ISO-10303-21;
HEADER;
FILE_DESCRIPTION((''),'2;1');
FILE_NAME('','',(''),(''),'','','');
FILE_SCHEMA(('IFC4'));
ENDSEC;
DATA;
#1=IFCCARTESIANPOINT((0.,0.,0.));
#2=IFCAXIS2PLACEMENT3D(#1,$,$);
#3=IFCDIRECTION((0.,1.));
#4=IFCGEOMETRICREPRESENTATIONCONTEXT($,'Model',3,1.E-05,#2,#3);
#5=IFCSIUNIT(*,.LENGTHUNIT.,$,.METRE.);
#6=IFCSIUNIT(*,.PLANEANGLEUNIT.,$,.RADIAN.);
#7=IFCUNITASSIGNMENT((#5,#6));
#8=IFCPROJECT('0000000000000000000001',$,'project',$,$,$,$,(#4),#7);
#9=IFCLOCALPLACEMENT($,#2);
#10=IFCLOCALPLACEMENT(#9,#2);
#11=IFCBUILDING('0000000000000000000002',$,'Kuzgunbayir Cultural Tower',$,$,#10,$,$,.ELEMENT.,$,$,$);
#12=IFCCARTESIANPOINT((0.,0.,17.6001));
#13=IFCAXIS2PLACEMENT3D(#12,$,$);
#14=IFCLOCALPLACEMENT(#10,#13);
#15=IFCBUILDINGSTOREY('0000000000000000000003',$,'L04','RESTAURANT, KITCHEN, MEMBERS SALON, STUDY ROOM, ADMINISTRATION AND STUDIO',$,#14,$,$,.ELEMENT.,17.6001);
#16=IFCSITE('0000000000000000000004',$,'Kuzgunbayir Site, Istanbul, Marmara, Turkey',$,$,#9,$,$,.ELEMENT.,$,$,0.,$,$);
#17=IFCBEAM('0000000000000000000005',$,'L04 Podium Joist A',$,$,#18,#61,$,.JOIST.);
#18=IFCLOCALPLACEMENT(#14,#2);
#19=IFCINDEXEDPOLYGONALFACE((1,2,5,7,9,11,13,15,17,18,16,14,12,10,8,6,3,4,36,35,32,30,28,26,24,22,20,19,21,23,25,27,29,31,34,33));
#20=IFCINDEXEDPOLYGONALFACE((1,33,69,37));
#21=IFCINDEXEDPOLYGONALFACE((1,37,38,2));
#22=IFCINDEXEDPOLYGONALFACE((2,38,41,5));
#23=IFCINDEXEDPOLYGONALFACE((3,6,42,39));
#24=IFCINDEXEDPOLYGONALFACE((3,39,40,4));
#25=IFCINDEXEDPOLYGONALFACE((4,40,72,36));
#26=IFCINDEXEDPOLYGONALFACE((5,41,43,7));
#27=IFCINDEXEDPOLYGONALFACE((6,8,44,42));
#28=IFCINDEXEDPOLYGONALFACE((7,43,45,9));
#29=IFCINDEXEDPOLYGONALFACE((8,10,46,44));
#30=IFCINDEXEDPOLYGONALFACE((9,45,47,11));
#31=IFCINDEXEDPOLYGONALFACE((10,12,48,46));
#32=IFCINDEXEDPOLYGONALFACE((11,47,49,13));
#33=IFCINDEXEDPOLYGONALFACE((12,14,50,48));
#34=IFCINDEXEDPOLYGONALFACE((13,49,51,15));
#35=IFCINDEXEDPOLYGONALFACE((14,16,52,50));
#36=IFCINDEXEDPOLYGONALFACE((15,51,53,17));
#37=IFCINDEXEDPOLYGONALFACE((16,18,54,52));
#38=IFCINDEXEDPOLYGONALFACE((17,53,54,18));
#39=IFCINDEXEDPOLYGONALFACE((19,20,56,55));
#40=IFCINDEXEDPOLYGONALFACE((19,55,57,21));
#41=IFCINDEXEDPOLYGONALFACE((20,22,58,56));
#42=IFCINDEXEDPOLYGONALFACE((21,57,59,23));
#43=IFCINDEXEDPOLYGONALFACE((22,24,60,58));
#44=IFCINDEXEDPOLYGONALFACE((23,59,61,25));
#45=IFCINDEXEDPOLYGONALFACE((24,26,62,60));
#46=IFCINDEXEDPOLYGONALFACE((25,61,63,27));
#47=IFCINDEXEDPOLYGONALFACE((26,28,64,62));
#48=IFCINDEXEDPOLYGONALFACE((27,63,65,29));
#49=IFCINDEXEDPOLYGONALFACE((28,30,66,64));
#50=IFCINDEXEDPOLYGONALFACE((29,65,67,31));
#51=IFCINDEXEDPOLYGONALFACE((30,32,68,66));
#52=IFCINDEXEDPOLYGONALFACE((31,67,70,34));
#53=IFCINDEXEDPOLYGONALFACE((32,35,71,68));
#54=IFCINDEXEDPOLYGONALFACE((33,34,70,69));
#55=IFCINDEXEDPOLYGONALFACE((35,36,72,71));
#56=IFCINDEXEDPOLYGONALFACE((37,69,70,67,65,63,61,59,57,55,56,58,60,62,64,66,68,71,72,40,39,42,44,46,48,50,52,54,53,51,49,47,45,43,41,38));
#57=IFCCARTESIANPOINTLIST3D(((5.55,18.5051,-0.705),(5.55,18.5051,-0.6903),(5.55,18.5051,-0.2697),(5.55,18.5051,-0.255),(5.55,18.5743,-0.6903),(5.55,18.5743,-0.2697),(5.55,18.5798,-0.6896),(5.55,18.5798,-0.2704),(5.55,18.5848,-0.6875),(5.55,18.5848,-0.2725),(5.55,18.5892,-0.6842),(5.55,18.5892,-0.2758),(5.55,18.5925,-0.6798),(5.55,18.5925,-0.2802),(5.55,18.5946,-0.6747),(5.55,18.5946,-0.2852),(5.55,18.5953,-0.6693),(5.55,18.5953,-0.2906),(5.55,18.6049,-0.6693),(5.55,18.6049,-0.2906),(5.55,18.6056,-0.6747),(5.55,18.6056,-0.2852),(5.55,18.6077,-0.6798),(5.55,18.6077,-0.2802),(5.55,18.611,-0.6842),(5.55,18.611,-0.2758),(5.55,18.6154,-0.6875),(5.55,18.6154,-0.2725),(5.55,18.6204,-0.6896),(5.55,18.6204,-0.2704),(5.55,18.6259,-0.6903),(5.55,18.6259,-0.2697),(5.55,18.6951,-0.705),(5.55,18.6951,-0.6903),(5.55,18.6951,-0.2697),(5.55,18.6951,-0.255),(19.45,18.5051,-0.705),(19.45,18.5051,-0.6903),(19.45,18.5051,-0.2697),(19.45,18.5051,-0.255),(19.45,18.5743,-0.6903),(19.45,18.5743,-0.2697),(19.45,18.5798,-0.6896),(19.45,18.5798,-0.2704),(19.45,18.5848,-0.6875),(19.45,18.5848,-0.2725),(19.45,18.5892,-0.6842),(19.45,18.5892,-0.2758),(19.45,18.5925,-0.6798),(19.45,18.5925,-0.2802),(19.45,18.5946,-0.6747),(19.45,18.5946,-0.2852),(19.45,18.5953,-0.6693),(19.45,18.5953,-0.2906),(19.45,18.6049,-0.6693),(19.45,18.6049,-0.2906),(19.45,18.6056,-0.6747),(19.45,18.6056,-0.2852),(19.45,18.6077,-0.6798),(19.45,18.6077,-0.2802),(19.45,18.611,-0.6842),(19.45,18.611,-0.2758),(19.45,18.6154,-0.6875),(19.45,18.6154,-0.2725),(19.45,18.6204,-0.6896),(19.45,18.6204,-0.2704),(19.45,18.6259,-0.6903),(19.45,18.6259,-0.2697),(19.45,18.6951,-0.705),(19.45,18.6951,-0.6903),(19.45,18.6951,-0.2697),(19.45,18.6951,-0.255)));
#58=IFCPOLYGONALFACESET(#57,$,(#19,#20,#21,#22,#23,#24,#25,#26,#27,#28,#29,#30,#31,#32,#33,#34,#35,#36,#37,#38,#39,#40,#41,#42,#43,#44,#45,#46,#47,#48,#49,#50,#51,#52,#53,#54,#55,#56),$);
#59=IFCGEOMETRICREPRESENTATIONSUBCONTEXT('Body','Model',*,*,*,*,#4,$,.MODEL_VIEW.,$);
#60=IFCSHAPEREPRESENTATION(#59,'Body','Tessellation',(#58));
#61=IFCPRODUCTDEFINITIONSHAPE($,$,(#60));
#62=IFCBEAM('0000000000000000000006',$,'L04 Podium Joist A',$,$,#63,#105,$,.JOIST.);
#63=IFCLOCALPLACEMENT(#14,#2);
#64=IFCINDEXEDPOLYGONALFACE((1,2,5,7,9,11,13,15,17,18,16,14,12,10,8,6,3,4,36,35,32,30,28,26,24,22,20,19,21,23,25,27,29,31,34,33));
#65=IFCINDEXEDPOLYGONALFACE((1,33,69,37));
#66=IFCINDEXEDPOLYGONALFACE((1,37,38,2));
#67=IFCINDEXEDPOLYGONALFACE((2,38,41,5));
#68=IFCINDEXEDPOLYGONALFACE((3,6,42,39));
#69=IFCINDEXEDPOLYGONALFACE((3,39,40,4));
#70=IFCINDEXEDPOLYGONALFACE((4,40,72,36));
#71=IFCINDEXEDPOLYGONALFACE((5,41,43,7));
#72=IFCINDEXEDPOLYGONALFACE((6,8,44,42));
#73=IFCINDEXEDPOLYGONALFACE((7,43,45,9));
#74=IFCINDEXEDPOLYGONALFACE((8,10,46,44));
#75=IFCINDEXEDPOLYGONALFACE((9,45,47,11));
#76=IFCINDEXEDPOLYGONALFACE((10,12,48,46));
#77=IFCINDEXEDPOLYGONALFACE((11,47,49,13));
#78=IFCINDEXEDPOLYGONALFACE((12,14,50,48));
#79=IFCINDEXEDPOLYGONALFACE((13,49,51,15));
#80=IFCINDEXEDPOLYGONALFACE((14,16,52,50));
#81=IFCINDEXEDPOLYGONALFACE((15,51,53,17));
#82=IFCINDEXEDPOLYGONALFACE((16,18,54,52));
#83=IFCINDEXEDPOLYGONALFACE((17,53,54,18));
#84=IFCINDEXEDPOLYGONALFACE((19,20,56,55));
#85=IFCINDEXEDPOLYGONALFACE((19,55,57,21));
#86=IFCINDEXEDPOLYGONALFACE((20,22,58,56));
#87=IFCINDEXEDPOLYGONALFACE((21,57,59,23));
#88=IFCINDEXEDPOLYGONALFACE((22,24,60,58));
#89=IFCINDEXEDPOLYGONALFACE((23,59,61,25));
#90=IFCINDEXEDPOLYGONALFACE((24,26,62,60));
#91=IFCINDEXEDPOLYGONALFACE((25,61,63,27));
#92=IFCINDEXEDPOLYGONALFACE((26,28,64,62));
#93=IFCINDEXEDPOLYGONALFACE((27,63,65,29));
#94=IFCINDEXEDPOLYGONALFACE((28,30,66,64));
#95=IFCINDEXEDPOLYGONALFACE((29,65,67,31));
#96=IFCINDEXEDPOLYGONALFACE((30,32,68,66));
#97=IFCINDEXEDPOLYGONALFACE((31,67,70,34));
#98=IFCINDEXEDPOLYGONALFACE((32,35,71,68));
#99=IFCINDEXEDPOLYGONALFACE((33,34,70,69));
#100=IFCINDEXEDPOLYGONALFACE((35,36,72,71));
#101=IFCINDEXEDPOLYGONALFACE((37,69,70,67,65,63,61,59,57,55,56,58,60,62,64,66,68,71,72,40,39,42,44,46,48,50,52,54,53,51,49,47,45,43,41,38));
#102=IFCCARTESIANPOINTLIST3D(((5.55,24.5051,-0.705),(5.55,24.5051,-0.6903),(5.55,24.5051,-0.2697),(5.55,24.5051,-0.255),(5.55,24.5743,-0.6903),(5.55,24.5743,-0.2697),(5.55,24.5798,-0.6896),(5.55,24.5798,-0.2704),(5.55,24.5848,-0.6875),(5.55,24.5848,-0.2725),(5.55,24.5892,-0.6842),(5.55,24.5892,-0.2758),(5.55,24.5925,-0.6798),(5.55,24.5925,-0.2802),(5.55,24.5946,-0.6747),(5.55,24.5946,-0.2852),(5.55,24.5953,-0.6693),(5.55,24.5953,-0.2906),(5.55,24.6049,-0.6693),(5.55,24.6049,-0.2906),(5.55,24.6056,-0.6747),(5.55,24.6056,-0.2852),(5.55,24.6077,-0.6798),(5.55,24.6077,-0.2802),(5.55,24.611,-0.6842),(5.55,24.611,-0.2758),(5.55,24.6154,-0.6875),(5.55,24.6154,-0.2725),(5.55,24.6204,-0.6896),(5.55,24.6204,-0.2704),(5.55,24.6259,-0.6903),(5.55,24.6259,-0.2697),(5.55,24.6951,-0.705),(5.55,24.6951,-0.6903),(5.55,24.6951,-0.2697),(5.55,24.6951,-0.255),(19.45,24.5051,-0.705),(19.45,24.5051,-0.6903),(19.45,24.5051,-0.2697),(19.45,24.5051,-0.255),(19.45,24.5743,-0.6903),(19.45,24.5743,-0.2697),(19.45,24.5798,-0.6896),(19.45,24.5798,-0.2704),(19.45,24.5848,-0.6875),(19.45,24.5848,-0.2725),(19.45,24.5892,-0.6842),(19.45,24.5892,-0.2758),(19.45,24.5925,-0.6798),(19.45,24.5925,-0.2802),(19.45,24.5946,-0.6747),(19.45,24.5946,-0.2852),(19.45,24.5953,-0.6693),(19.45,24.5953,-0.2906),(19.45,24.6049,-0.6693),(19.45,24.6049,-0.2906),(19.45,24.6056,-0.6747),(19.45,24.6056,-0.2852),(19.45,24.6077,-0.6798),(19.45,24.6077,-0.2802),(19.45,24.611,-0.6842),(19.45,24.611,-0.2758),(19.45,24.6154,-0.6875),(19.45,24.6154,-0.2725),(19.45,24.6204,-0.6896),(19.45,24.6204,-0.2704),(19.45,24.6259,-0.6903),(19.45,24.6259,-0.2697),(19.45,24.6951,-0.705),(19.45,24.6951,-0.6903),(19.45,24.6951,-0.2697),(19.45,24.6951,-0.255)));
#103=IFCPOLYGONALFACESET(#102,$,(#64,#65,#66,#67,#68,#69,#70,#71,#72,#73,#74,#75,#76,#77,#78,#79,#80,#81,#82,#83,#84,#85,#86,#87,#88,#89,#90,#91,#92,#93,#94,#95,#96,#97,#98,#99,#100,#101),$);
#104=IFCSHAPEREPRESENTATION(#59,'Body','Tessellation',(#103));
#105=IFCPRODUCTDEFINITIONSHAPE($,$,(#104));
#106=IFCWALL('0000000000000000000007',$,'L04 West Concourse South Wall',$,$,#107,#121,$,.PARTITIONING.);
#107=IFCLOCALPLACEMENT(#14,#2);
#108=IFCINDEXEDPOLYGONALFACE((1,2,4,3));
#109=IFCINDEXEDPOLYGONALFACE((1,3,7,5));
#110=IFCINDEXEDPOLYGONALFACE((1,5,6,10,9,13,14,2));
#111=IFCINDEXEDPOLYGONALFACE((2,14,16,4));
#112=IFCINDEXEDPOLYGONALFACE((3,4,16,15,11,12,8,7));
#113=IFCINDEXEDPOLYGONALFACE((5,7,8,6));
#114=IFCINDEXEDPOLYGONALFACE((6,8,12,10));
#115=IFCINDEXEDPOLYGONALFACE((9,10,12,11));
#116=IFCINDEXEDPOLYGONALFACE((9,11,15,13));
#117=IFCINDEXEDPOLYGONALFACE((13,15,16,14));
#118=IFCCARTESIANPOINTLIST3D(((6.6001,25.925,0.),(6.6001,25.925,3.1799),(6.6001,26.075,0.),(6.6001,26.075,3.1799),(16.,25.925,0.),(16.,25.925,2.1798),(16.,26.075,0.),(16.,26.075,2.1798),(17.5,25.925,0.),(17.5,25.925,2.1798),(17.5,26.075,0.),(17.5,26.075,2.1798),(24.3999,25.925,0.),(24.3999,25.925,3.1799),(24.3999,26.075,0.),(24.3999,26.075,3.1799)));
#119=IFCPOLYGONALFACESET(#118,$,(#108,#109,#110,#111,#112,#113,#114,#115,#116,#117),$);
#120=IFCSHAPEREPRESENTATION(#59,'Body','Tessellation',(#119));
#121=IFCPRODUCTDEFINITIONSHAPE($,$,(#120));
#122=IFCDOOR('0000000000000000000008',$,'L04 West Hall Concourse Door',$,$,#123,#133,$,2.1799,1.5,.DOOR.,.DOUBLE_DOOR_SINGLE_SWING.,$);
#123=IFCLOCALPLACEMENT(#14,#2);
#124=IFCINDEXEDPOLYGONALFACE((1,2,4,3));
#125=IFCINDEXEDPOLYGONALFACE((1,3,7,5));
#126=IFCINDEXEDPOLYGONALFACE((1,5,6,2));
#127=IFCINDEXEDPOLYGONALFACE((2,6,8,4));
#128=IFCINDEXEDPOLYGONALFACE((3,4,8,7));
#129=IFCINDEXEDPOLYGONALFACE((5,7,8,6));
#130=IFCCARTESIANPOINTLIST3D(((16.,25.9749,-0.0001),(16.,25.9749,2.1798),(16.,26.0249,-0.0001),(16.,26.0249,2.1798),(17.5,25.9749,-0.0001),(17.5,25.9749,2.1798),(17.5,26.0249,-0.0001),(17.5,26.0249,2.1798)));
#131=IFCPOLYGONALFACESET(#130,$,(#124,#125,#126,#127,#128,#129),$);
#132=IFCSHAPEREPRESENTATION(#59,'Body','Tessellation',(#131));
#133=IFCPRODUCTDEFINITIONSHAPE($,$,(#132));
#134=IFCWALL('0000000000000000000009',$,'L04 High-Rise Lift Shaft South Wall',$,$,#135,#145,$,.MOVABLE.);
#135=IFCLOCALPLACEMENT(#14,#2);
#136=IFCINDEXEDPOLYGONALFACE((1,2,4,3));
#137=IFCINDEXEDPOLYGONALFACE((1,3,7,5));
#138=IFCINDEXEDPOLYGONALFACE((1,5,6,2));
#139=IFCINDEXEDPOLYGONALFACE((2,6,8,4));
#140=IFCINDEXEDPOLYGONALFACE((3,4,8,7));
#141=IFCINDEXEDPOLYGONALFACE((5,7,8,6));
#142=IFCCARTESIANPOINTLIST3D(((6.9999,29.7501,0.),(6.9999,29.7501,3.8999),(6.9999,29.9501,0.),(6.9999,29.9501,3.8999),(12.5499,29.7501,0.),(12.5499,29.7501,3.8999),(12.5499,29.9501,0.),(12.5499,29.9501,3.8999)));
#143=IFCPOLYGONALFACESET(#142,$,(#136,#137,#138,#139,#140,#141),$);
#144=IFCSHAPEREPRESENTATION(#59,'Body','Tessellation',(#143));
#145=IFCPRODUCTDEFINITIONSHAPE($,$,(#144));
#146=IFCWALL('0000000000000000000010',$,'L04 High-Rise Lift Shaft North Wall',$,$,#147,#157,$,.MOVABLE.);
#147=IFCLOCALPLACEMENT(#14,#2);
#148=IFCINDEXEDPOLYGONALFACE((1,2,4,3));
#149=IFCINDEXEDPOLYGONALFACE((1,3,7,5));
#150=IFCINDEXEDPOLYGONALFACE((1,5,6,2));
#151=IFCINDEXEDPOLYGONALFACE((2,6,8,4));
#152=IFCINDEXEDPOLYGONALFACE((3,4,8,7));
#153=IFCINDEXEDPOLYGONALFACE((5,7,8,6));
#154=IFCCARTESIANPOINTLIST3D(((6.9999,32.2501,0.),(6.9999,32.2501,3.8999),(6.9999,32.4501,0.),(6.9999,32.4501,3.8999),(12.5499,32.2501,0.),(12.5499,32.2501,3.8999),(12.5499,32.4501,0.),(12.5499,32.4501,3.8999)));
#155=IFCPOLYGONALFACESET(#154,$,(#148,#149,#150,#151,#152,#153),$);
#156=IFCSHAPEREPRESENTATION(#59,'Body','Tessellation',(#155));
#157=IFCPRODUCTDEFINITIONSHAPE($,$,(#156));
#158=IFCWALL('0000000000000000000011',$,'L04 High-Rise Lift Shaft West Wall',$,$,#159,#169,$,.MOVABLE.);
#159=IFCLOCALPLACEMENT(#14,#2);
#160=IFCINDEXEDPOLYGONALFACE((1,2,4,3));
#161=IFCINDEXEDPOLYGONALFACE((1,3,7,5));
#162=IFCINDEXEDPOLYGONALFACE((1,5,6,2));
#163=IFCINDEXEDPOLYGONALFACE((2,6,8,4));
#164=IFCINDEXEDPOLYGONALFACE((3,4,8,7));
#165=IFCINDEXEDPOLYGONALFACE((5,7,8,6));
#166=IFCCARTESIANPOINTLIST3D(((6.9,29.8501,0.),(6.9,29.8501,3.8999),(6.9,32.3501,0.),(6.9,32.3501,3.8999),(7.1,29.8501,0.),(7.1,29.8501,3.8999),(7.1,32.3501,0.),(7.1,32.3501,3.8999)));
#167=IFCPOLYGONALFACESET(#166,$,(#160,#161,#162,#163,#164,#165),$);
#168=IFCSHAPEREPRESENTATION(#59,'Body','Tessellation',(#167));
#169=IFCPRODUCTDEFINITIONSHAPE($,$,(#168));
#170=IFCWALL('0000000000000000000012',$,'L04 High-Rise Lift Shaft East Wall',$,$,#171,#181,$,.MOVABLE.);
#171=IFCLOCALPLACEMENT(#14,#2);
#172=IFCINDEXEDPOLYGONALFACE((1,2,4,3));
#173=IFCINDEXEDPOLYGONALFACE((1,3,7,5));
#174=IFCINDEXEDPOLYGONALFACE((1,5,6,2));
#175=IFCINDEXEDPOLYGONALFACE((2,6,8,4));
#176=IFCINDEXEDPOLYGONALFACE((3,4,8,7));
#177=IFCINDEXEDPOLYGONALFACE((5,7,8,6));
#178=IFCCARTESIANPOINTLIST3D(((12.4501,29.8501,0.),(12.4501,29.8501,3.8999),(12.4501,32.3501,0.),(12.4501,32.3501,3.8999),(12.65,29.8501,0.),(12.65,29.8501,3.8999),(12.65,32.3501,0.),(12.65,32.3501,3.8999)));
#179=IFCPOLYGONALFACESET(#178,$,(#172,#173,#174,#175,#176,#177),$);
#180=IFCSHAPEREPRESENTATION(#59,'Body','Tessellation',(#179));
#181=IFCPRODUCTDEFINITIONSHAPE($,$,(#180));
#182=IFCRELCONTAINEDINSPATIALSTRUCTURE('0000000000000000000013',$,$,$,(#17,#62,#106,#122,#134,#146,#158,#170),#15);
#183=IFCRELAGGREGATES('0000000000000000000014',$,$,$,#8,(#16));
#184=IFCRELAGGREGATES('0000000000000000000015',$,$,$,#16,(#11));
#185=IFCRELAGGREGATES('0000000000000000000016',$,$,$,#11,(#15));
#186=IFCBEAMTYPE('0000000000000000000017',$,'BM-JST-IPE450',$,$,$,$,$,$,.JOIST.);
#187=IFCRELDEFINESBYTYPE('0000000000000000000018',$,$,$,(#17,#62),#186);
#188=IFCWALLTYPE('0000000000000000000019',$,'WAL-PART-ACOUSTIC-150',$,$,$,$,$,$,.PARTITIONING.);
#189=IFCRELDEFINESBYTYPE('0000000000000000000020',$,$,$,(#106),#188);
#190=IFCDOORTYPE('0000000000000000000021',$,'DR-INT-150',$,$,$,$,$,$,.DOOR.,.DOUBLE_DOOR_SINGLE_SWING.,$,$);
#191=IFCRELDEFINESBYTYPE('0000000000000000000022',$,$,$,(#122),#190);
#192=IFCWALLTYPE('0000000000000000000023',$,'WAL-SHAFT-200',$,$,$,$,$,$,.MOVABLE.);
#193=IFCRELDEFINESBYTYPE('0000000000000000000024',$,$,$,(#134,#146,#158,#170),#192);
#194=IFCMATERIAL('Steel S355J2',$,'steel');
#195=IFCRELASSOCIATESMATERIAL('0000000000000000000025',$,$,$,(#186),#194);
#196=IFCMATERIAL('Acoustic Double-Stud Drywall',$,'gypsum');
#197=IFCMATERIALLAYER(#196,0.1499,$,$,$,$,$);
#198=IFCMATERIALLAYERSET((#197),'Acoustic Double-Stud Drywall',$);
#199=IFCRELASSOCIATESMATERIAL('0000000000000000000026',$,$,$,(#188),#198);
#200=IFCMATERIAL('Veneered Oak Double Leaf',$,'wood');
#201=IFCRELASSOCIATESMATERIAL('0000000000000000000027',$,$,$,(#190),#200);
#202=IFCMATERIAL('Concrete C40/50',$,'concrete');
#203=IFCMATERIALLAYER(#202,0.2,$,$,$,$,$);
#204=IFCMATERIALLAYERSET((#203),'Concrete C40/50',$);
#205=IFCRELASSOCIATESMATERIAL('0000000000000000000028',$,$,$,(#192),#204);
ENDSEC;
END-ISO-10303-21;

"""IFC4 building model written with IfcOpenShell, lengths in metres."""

from ifc_helpers import new_model, si_unit, direction, frame, frame_2d, origin, origin_2d, place, context, subcontext, project, spatial, rectangle, i_section, extrude, material, layer, layer_set, material_profile, profile_set, type_object, element, fill, save


model = new_model("IFC4")

# Units and contexts
model_context = context("Model", 3, precision=1e-05, world=origin(), true_north=direction((0.0, 1.0)))
body_context = subcontext(model_context, "Body", "Model", "MODEL_VIEW")
ifc_project = project(units=[si_unit("LENGTHUNIT", "METRE"), si_unit("PLANEANGLEUNIT", "RADIAN")], contexts=[model_context])

# Site, building, storey
site_placement = place(None, origin())
site = spatial("IfcSite", under=ifc_project, at=site_placement, Name="Kuzgunbayir Site, Istanbul, Marmara, Turkey", CompositionType="ELEMENT", RefElevation=0.0)
building_placement = place(site_placement, origin())
building = spatial("IfcBuilding", under=site, at=building_placement, Name="Kuzgunbayir Cultural Tower", CompositionType="ELEMENT")
storey_placement = place(building_placement, frame((0.0, 0.0, 17.6001)))
storey = spatial("IfcBuildingStorey", under=building, at=storey_placement, Name="L04", Description="RESTAURANT, KITCHEN, MEMBERS SALON, STUDY ROOM, ADMINISTRATION AND STUDIO", CompositionType="ELEMENT", Elevation=17.6001)

# Beams
ifc_material_1 = material(Name="Steel S355J2", Category="steel")
ifc_material_profile_1 = material_profile(ifc_material_1, i_section(OverallWidth=0.1899, OverallDepth=0.45, WebThickness=0.0095, FlangeThickness=0.0146, FilletRadius=0.021, at=origin_2d()), Name="IPE 450")
ifc_profile_set_1 = profile_set([ifc_material_profile_1], Name="Steel S355J2")
beam_type_1 = type_object("IfcBeamType", Name="BM-JST-IPE450", PredefinedType="JOIST", material=ifc_profile_set_1)
for number, where, z_axis, x_axis, name in (
    (1, (5.55, 18.6001, -0.48), (1.0, 0.0, 0.0), (0.0, 1.0, 0.0), "L04 Podium Joist A"),
    (2, (5.55, 24.6001, -0.48), (1.0, 0.0, 0.0), (0.0, 1.0, 0.0), "L04 Podium Joist A"),
):
    element("IfcBeam", number, at=place(storey_placement, frame(where, z_axis=z_axis, x_axis=x_axis)), inside=storey, type_object=beam_type_1, Name=name, PredefinedType="JOIST", context=body_context, shape_type="SweptSolid", body=[
        extrude(i_section(OverallWidth=0.1899, OverallDepth=0.45, WebThickness=0.0095, FlangeThickness=0.0146, FilletRadius=0.021, at=origin_2d()), origin(), (0.0, 0.0, 1.0), 13.8999),
    ])

# Wall, opening, door
ifc_material_2 = material(Name="Acoustic Double-Stud Drywall", Category="gypsum")
ifc_layer_1 = layer(ifc_material_2, 0.1499)
ifc_layer_set_1 = layer_set([ifc_layer_1], Name="Acoustic Double-Stud Drywall")
wall_type_1 = type_object("IfcWallType", Name="WAL-PART-ACOUSTIC-150", PredefinedType="PARTITIONING", material=ifc_layer_set_1)
wall_1_placement = place(storey_placement, frame((6.6001, 26.0, 0.0), z_axis=(0.0, 0.0, 1.0), x_axis=(1.0, 0.0, 0.0)))
wall_1 = element("IfcWall", 3, at=wall_1_placement, inside=storey, type_object=wall_type_1, Name="L04 West Concourse South Wall", PredefinedType="PARTITIONING", context=body_context, shape_type="SweptSolid", body=[
    extrude(rectangle(XDim=17.7998, YDim=0.1499, at=frame_2d((8.8999, 0.0))), origin(), (0.0, 0.0, 1.0), 3.1799),
])
opening_1_placement = place(wall_1_placement, frame((9.3999, 0.0, 0.0)))
opening_1 = element("IfcOpeningElement", 4, at=opening_1_placement, cuts=wall_1, PredefinedType="OPENING", context=body_context, shape_type="SweptSolid", body=[
    extrude(rectangle(XDim=1.5, YDim=2.1799, at=frame_2d((0.75, 1.0898))), frame((0.0, 0.085, 0.0), z_axis=(0.0, -1.0, 0.0), x_axis=(1.0, 0.0, 0.0)), (0.0, 0.0, 1.0), 0.1699),
])
ifc_material_3 = material(Name="Veneered Oak Double Leaf", Category="wood")
door_type_1 = type_object("IfcDoorType", Name="DR-INT-150", OperationType="DOUBLE_DOOR_SINGLE_SWING", PredefinedType="DOOR", material=ifc_material_3)
door_1_placement = place(opening_1_placement, origin())
door_1 = element("IfcDoor", 5, at=door_1_placement, inside=storey, type_object=door_type_1, Name="L04 West Hall Concourse Door", OperationType="DOUBLE_DOOR_SINGLE_SWING", OverallHeight=2.1799, OverallWidth=1.5, PredefinedType="DOOR", context=body_context, shape_type="SweptSolid", body=[
    extrude(rectangle(XDim=1.5, YDim=2.1799, at=frame_2d((0.75, 1.0898))), frame((0.0, 0.0249, 0.0), z_axis=(0.0, -1.0, 0.0), x_axis=(1.0, 0.0, 0.0)), (0.0, 0.0, 1.0), 0.05),
])
fill(opening_1, door_1)

# Walls
ifc_material_4 = material(Name="Concrete C40/50", Category="concrete")
ifc_layer_2 = layer(ifc_material_4, 0.2)
ifc_layer_set_2 = layer_set([ifc_layer_2], Name="Concrete C40/50")
wall_type_2 = type_object("IfcWallType", Name="WAL-SHAFT-200", PredefinedType="MOVABLE", material=ifc_layer_set_2)
for number, where, z_axis, x_axis, name in (
    (6, (7.0, 29.8501, 0.0), (0.0, 0.0, 1.0), (1.0, 0.0, 0.0), "L04 High-Rise Lift Shaft South Wall"),
    (7, (7.0, 32.3501, 0.0), (0.0, 0.0, 1.0), (1.0, 0.0, 0.0), "L04 High-Rise Lift Shaft North Wall"),
):
    element("IfcWall", number, at=place(storey_placement, frame(where, z_axis=z_axis, x_axis=x_axis)), inside=storey, type_object=wall_type_2, Name=name, PredefinedType="MOVABLE", context=body_context, shape_type="SweptSolid", body=[
        extrude(rectangle(XDim=5.55, YDim=0.2, at=frame_2d((2.7749, 0.0))), origin(), (0.0, 0.0, 1.0), 3.8999),
    ])
for number, where, z_axis, x_axis, name in (
    (8, (7.0, 29.8501, 0.0), (0.0, 0.0, 1.0), (0.0, 1.0, 0.0), "L04 High-Rise Lift Shaft West Wall"),
    (9, (12.55, 29.8501, 0.0), (0.0, 0.0, 1.0), (0.0, 1.0, 0.0), "L04 High-Rise Lift Shaft East Wall"),
):
    element("IfcWall", number, at=place(storey_placement, frame(where, z_axis=z_axis, x_axis=x_axis)), inside=storey, type_object=wall_type_2, Name=name, PredefinedType="MOVABLE", context=body_context, shape_type="SweptSolid", body=[
        extrude(rectangle(XDim=2.5, YDim=0.2, at=frame_2d((1.25, 0.0))), origin(), (0.0, 0.0, 1.0), 3.8999),
    ])

save(model, "model.ifc")
